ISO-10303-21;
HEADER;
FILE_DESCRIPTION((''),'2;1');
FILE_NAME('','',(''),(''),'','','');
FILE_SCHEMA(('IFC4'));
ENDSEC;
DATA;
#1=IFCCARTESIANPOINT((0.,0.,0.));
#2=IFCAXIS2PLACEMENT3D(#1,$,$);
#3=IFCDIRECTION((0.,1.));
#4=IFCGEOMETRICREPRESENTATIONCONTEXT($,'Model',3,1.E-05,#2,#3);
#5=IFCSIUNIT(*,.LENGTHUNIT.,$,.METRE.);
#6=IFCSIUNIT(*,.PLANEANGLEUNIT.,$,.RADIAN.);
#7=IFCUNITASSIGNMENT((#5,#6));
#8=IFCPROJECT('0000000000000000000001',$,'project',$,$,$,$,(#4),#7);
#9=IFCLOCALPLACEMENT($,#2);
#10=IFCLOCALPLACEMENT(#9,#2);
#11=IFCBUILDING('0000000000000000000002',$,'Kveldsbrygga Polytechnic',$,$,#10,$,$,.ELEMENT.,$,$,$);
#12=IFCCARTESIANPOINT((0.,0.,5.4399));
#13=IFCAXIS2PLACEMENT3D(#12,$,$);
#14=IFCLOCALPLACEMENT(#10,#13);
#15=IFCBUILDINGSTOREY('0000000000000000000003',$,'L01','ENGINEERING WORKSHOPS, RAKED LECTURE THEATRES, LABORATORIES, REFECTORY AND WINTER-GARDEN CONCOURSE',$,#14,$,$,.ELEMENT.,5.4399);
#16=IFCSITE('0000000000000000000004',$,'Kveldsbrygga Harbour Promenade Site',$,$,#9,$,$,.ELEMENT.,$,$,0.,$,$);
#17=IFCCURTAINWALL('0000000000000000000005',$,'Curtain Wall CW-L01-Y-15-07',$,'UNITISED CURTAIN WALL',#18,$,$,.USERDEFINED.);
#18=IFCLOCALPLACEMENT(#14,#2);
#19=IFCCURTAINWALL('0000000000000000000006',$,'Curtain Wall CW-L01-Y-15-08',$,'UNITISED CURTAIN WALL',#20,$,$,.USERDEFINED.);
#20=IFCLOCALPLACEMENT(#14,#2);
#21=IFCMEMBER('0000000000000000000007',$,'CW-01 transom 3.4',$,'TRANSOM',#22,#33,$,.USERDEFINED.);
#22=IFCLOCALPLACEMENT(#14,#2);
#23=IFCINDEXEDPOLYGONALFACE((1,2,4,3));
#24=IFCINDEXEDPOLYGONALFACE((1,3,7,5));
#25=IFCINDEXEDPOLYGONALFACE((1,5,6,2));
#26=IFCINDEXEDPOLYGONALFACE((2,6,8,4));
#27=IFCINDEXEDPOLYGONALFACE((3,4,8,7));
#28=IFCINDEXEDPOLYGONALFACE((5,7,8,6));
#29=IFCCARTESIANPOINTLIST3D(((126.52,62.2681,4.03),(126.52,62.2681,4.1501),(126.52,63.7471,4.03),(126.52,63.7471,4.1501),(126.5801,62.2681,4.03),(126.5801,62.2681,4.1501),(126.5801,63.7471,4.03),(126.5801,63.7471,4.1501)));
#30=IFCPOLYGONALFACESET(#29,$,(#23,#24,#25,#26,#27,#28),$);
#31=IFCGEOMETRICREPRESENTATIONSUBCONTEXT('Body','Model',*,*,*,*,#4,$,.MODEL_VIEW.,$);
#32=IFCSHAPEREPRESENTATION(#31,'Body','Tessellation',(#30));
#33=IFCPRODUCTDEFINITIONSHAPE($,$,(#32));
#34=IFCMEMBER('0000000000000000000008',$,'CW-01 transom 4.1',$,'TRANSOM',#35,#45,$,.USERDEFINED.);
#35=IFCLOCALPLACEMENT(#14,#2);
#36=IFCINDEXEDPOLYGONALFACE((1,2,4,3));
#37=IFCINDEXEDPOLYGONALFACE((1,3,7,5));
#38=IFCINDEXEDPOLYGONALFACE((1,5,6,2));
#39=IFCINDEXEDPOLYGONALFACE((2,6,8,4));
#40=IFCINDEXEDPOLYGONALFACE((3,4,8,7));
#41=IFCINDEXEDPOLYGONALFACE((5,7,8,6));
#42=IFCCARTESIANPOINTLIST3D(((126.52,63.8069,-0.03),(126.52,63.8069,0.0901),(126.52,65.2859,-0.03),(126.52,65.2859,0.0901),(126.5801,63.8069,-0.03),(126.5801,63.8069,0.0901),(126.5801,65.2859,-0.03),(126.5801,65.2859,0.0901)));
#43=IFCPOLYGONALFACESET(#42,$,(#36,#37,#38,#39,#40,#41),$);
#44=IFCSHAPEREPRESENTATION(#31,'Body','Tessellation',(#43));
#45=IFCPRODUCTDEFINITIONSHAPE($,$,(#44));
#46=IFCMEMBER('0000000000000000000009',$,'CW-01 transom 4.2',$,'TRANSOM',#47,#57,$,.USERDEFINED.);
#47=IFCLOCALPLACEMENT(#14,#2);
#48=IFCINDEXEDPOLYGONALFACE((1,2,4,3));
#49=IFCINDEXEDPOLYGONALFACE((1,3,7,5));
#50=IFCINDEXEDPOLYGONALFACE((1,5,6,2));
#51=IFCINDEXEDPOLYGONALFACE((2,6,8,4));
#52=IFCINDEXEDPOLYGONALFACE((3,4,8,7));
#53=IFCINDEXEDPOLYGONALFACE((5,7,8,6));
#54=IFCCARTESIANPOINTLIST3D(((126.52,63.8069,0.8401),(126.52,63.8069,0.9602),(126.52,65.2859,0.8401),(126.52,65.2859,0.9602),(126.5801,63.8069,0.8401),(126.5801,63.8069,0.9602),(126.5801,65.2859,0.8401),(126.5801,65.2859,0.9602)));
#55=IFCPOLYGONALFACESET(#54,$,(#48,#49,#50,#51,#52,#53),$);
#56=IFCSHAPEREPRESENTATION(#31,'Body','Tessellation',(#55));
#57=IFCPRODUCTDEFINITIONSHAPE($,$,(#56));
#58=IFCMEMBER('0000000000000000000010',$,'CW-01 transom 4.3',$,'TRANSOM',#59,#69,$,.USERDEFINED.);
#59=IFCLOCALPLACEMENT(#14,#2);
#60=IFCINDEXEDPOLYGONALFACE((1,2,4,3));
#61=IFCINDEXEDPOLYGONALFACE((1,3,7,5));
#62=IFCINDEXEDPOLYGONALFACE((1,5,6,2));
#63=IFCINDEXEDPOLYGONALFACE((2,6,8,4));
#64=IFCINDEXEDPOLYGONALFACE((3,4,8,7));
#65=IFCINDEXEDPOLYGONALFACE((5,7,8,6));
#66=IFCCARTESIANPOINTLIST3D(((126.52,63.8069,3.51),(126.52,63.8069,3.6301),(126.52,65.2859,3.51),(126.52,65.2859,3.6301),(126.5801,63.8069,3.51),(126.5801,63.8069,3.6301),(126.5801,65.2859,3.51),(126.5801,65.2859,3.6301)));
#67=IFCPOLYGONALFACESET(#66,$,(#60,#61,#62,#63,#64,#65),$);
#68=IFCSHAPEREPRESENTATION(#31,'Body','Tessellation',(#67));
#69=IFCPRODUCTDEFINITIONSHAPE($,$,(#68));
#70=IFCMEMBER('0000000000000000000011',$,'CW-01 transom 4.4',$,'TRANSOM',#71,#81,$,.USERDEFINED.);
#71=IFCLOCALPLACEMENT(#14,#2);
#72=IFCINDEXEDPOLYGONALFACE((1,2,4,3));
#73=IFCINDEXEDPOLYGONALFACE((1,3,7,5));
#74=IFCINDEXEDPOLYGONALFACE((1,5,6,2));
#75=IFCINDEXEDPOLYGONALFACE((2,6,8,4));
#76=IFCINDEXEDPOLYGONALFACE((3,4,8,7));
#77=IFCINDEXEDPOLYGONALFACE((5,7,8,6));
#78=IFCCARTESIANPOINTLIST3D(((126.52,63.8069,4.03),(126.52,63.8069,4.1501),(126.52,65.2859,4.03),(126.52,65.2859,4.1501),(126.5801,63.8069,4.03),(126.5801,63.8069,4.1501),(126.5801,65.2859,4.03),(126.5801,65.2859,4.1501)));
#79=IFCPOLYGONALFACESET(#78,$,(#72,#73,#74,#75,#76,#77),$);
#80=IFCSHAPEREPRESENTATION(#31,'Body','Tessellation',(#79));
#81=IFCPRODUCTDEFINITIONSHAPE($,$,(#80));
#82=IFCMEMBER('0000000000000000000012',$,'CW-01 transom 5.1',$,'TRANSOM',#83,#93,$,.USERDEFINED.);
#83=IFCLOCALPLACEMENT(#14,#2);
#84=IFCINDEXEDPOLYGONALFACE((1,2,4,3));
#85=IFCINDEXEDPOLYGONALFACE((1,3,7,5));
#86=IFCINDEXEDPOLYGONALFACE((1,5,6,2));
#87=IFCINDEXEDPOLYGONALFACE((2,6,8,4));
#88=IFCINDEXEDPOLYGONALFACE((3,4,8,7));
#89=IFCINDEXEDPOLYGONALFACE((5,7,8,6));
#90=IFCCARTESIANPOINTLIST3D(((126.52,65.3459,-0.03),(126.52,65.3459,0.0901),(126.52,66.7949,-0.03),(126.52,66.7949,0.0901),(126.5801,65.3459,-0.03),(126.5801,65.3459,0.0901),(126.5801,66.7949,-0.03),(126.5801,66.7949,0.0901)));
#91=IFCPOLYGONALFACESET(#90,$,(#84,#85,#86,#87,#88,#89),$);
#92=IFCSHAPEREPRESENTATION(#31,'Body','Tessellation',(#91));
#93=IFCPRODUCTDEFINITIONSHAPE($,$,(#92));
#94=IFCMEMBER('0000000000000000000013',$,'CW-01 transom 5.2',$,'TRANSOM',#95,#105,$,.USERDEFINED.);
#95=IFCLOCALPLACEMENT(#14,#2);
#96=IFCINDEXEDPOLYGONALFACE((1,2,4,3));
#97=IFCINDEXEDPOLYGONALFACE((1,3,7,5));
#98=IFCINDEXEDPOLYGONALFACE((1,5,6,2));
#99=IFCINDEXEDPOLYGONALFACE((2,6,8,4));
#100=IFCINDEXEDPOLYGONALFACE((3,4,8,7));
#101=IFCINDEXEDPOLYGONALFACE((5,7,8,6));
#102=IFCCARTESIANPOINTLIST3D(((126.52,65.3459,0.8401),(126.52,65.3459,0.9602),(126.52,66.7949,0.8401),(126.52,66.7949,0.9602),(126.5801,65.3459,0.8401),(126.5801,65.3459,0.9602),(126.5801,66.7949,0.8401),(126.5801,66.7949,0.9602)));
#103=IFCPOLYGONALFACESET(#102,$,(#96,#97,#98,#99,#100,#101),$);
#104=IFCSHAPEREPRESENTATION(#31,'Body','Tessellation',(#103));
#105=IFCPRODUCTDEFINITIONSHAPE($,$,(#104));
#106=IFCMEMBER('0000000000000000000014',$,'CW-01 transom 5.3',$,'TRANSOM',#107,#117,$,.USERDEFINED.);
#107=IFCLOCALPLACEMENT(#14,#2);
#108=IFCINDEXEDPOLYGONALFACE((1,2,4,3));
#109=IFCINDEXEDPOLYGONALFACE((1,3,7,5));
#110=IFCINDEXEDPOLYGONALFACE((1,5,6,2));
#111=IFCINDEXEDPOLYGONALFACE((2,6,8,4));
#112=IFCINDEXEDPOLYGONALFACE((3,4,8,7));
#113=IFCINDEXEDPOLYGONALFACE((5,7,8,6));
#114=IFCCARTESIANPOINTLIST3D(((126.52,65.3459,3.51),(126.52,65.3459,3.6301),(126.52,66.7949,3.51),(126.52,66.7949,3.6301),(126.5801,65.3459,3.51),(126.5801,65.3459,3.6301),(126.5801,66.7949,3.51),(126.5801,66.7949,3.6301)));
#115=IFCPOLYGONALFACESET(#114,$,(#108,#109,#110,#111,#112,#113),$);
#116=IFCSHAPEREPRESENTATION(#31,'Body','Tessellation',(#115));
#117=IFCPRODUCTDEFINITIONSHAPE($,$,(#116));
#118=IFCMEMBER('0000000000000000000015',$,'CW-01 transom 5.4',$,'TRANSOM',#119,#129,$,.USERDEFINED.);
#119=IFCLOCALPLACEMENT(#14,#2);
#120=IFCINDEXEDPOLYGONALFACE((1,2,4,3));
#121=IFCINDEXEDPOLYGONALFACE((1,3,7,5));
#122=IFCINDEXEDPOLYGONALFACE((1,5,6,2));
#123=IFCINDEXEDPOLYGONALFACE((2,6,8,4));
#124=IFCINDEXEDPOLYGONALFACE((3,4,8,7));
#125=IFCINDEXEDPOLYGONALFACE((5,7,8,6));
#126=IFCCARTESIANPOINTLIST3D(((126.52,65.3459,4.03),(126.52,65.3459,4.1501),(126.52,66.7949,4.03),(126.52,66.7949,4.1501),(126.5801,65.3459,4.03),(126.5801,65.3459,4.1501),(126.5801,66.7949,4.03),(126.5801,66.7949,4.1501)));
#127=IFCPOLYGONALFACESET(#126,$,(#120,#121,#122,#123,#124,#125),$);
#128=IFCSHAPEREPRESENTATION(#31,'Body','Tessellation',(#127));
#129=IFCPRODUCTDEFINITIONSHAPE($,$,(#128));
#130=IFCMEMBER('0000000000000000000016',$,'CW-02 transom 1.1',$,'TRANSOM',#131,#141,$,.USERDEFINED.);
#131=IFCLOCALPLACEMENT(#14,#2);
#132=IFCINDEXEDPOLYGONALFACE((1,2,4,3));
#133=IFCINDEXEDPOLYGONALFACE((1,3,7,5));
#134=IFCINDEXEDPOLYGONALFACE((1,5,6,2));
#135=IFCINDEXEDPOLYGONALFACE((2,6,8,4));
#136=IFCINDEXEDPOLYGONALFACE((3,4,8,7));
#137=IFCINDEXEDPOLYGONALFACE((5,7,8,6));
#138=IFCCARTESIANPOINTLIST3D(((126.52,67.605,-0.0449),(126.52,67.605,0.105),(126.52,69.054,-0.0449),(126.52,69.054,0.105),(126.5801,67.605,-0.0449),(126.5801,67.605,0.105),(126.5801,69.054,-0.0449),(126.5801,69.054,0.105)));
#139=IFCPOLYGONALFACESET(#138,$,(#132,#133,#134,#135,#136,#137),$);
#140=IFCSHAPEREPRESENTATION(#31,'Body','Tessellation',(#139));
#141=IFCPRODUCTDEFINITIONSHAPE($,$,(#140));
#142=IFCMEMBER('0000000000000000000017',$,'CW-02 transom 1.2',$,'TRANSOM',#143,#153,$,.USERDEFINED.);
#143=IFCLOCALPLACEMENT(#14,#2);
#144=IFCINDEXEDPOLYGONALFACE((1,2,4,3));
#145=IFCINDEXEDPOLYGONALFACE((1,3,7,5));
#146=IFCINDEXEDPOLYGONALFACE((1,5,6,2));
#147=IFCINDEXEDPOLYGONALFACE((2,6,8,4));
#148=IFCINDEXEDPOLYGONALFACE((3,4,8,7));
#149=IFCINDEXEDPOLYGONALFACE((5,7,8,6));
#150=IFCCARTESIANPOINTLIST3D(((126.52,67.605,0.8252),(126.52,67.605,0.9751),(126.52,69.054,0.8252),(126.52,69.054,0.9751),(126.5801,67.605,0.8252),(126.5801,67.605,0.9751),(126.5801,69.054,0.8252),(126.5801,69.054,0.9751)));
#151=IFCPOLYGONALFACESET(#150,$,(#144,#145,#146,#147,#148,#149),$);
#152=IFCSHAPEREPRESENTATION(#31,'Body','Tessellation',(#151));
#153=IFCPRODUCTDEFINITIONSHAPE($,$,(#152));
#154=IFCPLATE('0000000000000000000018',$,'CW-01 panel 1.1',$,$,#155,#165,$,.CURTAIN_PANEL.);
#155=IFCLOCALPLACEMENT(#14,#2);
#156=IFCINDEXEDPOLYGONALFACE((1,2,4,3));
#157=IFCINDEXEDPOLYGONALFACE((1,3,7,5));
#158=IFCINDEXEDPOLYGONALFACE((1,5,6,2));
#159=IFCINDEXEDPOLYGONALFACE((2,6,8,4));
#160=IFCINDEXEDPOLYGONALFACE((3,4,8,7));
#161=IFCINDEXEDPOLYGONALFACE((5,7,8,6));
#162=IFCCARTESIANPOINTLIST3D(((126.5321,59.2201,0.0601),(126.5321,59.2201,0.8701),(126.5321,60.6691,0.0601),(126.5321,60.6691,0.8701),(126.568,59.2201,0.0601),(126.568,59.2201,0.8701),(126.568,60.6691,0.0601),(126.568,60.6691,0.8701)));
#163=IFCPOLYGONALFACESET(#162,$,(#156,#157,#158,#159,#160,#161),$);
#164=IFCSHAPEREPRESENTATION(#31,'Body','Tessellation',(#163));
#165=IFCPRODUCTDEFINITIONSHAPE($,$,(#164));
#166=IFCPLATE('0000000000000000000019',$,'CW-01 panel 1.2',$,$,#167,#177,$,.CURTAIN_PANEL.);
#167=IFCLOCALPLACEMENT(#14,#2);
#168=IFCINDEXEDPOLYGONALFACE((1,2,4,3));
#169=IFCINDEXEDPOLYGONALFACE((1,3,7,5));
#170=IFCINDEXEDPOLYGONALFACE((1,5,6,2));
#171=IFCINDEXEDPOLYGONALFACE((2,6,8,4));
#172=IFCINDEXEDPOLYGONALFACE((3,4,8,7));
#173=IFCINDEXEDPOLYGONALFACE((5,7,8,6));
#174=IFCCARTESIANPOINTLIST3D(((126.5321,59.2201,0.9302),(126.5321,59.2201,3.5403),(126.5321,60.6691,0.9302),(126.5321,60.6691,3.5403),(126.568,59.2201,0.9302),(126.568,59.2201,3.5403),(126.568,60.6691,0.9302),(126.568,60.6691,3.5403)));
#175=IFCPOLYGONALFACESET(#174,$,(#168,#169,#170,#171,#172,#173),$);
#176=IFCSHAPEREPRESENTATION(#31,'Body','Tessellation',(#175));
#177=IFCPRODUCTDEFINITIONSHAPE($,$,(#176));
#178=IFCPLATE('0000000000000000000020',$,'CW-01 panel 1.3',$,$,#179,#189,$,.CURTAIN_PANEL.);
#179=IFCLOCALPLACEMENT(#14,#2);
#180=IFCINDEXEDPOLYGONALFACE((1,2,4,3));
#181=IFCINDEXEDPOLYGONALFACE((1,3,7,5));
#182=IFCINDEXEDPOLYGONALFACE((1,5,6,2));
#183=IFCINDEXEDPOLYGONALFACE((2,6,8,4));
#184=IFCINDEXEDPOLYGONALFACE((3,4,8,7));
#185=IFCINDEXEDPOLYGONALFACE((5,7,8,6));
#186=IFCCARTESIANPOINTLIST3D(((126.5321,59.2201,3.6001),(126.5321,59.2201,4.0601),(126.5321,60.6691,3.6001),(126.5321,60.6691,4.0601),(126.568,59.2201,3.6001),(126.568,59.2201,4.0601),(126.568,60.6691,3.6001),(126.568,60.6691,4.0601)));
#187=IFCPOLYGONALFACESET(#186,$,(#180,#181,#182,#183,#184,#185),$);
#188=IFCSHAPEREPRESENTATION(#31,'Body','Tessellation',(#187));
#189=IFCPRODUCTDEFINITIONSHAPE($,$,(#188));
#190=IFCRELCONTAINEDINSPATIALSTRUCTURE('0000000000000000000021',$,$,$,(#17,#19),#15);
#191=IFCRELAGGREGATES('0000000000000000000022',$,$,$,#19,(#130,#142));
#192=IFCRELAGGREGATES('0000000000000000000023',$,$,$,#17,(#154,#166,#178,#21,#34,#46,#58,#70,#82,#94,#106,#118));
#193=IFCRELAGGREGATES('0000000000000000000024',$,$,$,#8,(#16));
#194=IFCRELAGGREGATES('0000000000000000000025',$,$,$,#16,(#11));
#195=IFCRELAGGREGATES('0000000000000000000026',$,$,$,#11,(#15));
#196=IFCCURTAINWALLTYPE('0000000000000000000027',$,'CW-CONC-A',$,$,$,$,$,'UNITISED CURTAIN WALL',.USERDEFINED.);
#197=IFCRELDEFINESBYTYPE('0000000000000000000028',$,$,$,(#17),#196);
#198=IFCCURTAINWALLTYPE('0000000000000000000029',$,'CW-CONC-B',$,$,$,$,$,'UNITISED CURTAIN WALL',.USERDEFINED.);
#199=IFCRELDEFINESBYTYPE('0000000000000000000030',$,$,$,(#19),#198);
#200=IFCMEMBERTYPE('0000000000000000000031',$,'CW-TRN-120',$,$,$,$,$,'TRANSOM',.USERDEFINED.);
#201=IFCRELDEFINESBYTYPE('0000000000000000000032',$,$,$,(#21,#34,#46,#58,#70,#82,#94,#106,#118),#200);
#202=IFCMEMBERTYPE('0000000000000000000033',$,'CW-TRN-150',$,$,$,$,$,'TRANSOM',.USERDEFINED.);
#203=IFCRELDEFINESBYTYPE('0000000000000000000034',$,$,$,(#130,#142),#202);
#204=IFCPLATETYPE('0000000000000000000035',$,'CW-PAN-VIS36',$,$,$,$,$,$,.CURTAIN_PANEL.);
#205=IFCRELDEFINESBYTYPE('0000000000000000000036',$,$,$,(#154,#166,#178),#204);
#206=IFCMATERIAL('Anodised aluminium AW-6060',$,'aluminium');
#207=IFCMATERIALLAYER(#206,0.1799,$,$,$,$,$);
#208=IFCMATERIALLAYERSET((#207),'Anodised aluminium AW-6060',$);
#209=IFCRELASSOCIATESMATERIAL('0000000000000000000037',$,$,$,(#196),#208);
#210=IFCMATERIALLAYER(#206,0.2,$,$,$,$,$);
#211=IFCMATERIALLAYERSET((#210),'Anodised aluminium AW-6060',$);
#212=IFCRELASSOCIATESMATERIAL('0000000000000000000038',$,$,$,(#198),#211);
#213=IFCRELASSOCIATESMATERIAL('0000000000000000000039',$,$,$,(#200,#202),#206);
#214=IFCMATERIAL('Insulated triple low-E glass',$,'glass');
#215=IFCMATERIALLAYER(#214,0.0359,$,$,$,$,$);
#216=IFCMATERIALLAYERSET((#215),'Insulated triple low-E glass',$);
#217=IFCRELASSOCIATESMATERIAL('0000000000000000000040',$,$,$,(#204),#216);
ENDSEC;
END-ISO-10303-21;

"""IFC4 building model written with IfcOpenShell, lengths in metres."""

from ifc_helpers import new_model, si_unit, direction, frame, origin, origin_2d, place, context, subcontext, project, spatial, rectangle, extrude, material, layer, layer_set, material_profile, profile_set, type_object, element, aggregate, save


model = new_model("IFC4")

# Units and contexts
model_context = context("Model", 3, precision=1e-05, world=origin(), true_north=direction((0.0, 1.0)))
body_context = subcontext(model_context, "Body", "Model", "MODEL_VIEW")
ifc_project = project(units=[si_unit("LENGTHUNIT", "METRE"), si_unit("PLANEANGLEUNIT", "RADIAN")], contexts=[model_context])

# Site, building, storey
site_placement = place(None, origin())
site = spatial("IfcSite", under=ifc_project, at=site_placement, Name="Kveldsbrygga Harbour Promenade Site", CompositionType="ELEMENT", RefElevation=0.0)
building_placement = place(site_placement, origin())
building = spatial("IfcBuilding", under=site, at=building_placement, Name="Kveldsbrygga Polytechnic", CompositionType="ELEMENT")
storey_placement = place(building_placement, frame((0.0, 0.0, 5.4399)))
storey = spatial("IfcBuildingStorey", under=building, at=storey_placement, Name="L01", Description="ENGINEERING WORKSHOPS, RAKED LECTURE THEATRES, LABORATORIES, REFECTORY AND WINTER-GARDEN CONCOURSE", CompositionType="ELEMENT", Elevation=5.4399)

# Curtain wall
ifc_material_1 = material(Name="Anodised aluminium AW-6060", Category="aluminium")
ifc_layer_1 = layer(ifc_material_1, 0.1799)
ifc_layer_set_1 = layer_set([ifc_layer_1], Name="Anodised aluminium AW-6060")
curtain_wall_type_1 = type_object("IfcCurtainWallType", Name="CW-CONC-A", ElementType="UNITISED CURTAIN WALL", PredefinedType="USERDEFINED", material=ifc_layer_set_1)
curtain_wall_1_placement = place(storey_placement, origin())
curtain_wall_1 = element("IfcCurtainWall", 1, at=curtain_wall_1_placement, inside=storey, type_object=curtain_wall_type_1, Name="Curtain Wall CW-L01-Y-15-07", ObjectType="UNITISED CURTAIN WALL", PredefinedType="USERDEFINED")

# Curtain wall
ifc_layer_2 = layer(ifc_material_1, 0.2)
ifc_layer_set_2 = layer_set([ifc_layer_2], Name="Anodised aluminium AW-6060")
curtain_wall_type_2 = type_object("IfcCurtainWallType", Name="CW-CONC-B", ElementType="UNITISED CURTAIN WALL", PredefinedType="USERDEFINED", material=ifc_layer_set_2)
curtain_wall_2_placement = place(storey_placement, origin())
curtain_wall_2 = element("IfcCurtainWall", 2, at=curtain_wall_2_placement, inside=storey, type_object=curtain_wall_type_2, Name="Curtain Wall CW-L01-Y-15-08", ObjectType="UNITISED CURTAIN WALL", PredefinedType="USERDEFINED")

# Members
ifc_material_profile_1 = material_profile(ifc_material_1, rectangle(XDim=0.0601, YDim=0.1201, at=origin_2d()), Name="ALU 60x120")
ifc_profile_set_1 = profile_set([ifc_material_profile_1], Name="Anodised aluminium AW-6060")
member_type_1 = type_object("IfcMemberType", Name="CW-TRN-120", ElementType="TRANSOM", PredefinedType="USERDEFINED", material=ifc_profile_set_1)
member_1_placement = place(storey_placement, frame((126.55, 62.2681, 4.0901), z_axis=(0.0, 1.0, 0.0), x_axis=(-1.0, 0.0, 0.0)))
member_1 = element("IfcMember", 3, at=member_1_placement, type_object=member_type_1, Name="CW-01 transom 3.4", ObjectType="TRANSOM", PredefinedType="USERDEFINED", context=body_context, shape_type="SweptSolid", body=[
    extrude(rectangle(XDim=0.0601, YDim=0.1201, at=origin_2d()), origin(), (0.0, 0.0, 1.0), 1.479),
])
member_2_placement = place(storey_placement, frame((126.55, 63.8069, 0.03), z_axis=(0.0, 1.0, 0.0), x_axis=(-1.0, 0.0, 0.0)))
member_2 = element("IfcMember", 4, at=member_2_placement, type_object=member_type_1, Name="CW-01 transom 4.1", ObjectType="TRANSOM", PredefinedType="USERDEFINED", context=body_context, shape_type="SweptSolid", body=[
    extrude(rectangle(XDim=0.0601, YDim=0.1201, at=origin_2d()), origin(), (0.0, 0.0, 1.0), 1.479),
])
member_3_placement = place(storey_placement, frame((126.55, 63.8069, 0.9001), z_axis=(0.0, 1.0, 0.0), x_axis=(-1.0, 0.0, 0.0)))
member_3 = element("IfcMember", 5, at=member_3_placement, type_object=member_type_1, Name="CW-01 transom 4.2", ObjectType="TRANSOM", PredefinedType="USERDEFINED", context=body_context, shape_type="SweptSolid", body=[
    extrude(rectangle(XDim=0.0601, YDim=0.1201, at=origin_2d()), origin(), (0.0, 0.0, 1.0), 1.479),
])
member_4_placement = place(storey_placement, frame((126.55, 63.8069, 3.5701), z_axis=(0.0, 1.0, 0.0), x_axis=(-1.0, 0.0, 0.0)))
member_4 = element("IfcMember", 6, at=member_4_placement, type_object=member_type_1, Name="CW-01 transom 4.3", ObjectType="TRANSOM", PredefinedType="USERDEFINED", context=body_context, shape_type="SweptSolid", body=[
    extrude(rectangle(XDim=0.0601, YDim=0.1201, at=origin_2d()), origin(), (0.0, 0.0, 1.0), 1.479),
])
member_5_placement = place(storey_placement, frame((126.55, 63.8069, 4.0901), z_axis=(0.0, 1.0, 0.0), x_axis=(-1.0, 0.0, 0.0)))
member_5 = element("IfcMember", 7, at=member_5_placement, type_object=member_type_1, Name="CW-01 transom 4.4", ObjectType="TRANSOM", PredefinedType="USERDEFINED", context=body_context, shape_type="SweptSolid", body=[
    extrude(rectangle(XDim=0.0601, YDim=0.1201, at=origin_2d()), origin(), (0.0, 0.0, 1.0), 1.479),
])
member_6_placement = place(storey_placement, frame((126.55, 65.3459, 0.03), z_axis=(0.0, 1.0, 0.0), x_axis=(-1.0, 0.0, 0.0)))
member_6 = element("IfcMember", 8, at=member_6_placement, type_object=member_type_1, Name="CW-01 transom 5.1", ObjectType="TRANSOM", PredefinedType="USERDEFINED", context=body_context, shape_type="SweptSolid", body=[
    extrude(rectangle(XDim=0.0601, YDim=0.1201, at=origin_2d()), origin(), (0.0, 0.0, 1.0), 1.449),
])
member_7_placement = place(storey_placement, frame((126.55, 65.3459, 0.9001), z_axis=(0.0, 1.0, 0.0), x_axis=(-1.0, 0.0, 0.0)))
member_7 = element("IfcMember", 9, at=member_7_placement, type_object=member_type_1, Name="CW-01 transom 5.2", ObjectType="TRANSOM", PredefinedType="USERDEFINED", context=body_context, shape_type="SweptSolid", body=[
    extrude(rectangle(XDim=0.0601, YDim=0.1201, at=origin_2d()), origin(), (0.0, 0.0, 1.0), 1.449),
])
member_8_placement = place(storey_placement, frame((126.55, 65.3459, 3.5701), z_axis=(0.0, 1.0, 0.0), x_axis=(-1.0, 0.0, 0.0)))
member_8 = element("IfcMember", 10, at=member_8_placement, type_object=member_type_1, Name="CW-01 transom 5.3", ObjectType="TRANSOM", PredefinedType="USERDEFINED", context=body_context, shape_type="SweptSolid", body=[
    extrude(rectangle(XDim=0.0601, YDim=0.1201, at=origin_2d()), origin(), (0.0, 0.0, 1.0), 1.449),
])
member_9_placement = place(storey_placement, frame((126.55, 65.3459, 4.0901), z_axis=(0.0, 1.0, 0.0), x_axis=(-1.0, 0.0, 0.0)))
member_9 = element("IfcMember", 11, at=member_9_placement, type_object=member_type_1, Name="CW-01 transom 5.4", ObjectType="TRANSOM", PredefinedType="USERDEFINED", context=body_context, shape_type="SweptSolid", body=[
    extrude(rectangle(XDim=0.0601, YDim=0.1201, at=origin_2d()), origin(), (0.0, 0.0, 1.0), 1.449),
])
ifc_material_profile_2 = material_profile(ifc_material_1, rectangle(XDim=0.0601, YDim=0.1499, at=origin_2d()), Name="ALU 60x150")
ifc_profile_set_2 = profile_set([ifc_material_profile_2], Name="Anodised aluminium AW-6060")
member_type_2 = type_object("IfcMemberType", Name="CW-TRN-150", ElementType="TRANSOM", PredefinedType="USERDEFINED", material=ifc_profile_set_2)
member_10_placement = place(storey_placement, frame((126.55, 67.605, 0.03), z_axis=(0.0, 1.0, 0.0), x_axis=(-1.0, 0.0, 0.0)))
member_10 = element("IfcMember", 12, at=member_10_placement, type_object=member_type_2, Name="CW-02 transom 1.1", ObjectType="TRANSOM", PredefinedType="USERDEFINED", context=body_context, shape_type="SweptSolid", body=[
    extrude(rectangle(XDim=0.0601, YDim=0.1499, at=origin_2d()), origin(), (0.0, 0.0, 1.0), 1.449),
])
member_11_placement = place(storey_placement, frame((126.55, 67.605, 0.9001), z_axis=(0.0, 1.0, 0.0), x_axis=(-1.0, 0.0, 0.0)))
member_11 = element("IfcMember", 13, at=member_11_placement, type_object=member_type_2, Name="CW-02 transom 1.2", ObjectType="TRANSOM", PredefinedType="USERDEFINED", context=body_context, shape_type="SweptSolid", body=[
    extrude(rectangle(XDim=0.0601, YDim=0.1499, at=origin_2d()), origin(), (0.0, 0.0, 1.0), 1.449),
])
aggregate(curtain_wall_2, [member_10, member_11])

# Plates
ifc_material_2 = material(Name="Insulated triple low-E glass", Category="glass")
ifc_layer_3 = layer(ifc_material_2, 0.0359)
ifc_layer_set_3 = layer_set([ifc_layer_3], Name="Insulated triple low-E glass")
plate_type = type_object("IfcPlateType", Name="CW-PAN-VIS36", PredefinedType="CURTAIN_PANEL", material=ifc_layer_set_3)
plate_1_placement = place(storey_placement, frame((126.55, 59.9446, 0.0601), z_axis=(0.0, 0.0, 1.0), x_axis=(0.0, 1.0, 0.0)))
plate_1 = element("IfcPlate", 14, at=plate_1_placement, type_object=plate_type, Name="CW-01 panel 1.1", PredefinedType="CURTAIN_PANEL", context=body_context, shape_type="SweptSolid", body=[
    extrude(rectangle(XDim=1.449, YDim=0.0359, at=origin_2d()), origin(), (0.0, 0.0, 1.0), 0.8101),
])
plate_2_placement = place(storey_placement, frame((126.55, 59.9446, 0.9302), z_axis=(0.0, 0.0, 1.0), x_axis=(0.0, 1.0, 0.0)))
plate_2 = element("IfcPlate", 15, at=plate_2_placement, type_object=plate_type, Name="CW-01 panel 1.2", PredefinedType="CURTAIN_PANEL", context=body_context, shape_type="SweptSolid", body=[
    extrude(rectangle(XDim=1.449, YDim=0.0359, at=origin_2d()), origin(), (0.0, 0.0, 1.0), 2.6101),
])
plate_3_placement = place(storey_placement, frame((126.55, 59.9446, 3.6001), z_axis=(0.0, 0.0, 1.0), x_axis=(0.0, 1.0, 0.0)))
plate_3 = element("IfcPlate", 16, at=plate_3_placement, type_object=plate_type, Name="CW-01 panel 1.3", PredefinedType="CURTAIN_PANEL", context=body_context, shape_type="SweptSolid", body=[
    extrude(rectangle(XDim=1.449, YDim=0.0359, at=origin_2d()), origin(), (0.0, 0.0, 1.0), 0.46),
])
aggregate(curtain_wall_1, [plate_1, plate_2, plate_3, member_1, member_2, member_3, member_4, member_5, member_6, member_7, member_8, member_9])

save(model, "model.ifc")
